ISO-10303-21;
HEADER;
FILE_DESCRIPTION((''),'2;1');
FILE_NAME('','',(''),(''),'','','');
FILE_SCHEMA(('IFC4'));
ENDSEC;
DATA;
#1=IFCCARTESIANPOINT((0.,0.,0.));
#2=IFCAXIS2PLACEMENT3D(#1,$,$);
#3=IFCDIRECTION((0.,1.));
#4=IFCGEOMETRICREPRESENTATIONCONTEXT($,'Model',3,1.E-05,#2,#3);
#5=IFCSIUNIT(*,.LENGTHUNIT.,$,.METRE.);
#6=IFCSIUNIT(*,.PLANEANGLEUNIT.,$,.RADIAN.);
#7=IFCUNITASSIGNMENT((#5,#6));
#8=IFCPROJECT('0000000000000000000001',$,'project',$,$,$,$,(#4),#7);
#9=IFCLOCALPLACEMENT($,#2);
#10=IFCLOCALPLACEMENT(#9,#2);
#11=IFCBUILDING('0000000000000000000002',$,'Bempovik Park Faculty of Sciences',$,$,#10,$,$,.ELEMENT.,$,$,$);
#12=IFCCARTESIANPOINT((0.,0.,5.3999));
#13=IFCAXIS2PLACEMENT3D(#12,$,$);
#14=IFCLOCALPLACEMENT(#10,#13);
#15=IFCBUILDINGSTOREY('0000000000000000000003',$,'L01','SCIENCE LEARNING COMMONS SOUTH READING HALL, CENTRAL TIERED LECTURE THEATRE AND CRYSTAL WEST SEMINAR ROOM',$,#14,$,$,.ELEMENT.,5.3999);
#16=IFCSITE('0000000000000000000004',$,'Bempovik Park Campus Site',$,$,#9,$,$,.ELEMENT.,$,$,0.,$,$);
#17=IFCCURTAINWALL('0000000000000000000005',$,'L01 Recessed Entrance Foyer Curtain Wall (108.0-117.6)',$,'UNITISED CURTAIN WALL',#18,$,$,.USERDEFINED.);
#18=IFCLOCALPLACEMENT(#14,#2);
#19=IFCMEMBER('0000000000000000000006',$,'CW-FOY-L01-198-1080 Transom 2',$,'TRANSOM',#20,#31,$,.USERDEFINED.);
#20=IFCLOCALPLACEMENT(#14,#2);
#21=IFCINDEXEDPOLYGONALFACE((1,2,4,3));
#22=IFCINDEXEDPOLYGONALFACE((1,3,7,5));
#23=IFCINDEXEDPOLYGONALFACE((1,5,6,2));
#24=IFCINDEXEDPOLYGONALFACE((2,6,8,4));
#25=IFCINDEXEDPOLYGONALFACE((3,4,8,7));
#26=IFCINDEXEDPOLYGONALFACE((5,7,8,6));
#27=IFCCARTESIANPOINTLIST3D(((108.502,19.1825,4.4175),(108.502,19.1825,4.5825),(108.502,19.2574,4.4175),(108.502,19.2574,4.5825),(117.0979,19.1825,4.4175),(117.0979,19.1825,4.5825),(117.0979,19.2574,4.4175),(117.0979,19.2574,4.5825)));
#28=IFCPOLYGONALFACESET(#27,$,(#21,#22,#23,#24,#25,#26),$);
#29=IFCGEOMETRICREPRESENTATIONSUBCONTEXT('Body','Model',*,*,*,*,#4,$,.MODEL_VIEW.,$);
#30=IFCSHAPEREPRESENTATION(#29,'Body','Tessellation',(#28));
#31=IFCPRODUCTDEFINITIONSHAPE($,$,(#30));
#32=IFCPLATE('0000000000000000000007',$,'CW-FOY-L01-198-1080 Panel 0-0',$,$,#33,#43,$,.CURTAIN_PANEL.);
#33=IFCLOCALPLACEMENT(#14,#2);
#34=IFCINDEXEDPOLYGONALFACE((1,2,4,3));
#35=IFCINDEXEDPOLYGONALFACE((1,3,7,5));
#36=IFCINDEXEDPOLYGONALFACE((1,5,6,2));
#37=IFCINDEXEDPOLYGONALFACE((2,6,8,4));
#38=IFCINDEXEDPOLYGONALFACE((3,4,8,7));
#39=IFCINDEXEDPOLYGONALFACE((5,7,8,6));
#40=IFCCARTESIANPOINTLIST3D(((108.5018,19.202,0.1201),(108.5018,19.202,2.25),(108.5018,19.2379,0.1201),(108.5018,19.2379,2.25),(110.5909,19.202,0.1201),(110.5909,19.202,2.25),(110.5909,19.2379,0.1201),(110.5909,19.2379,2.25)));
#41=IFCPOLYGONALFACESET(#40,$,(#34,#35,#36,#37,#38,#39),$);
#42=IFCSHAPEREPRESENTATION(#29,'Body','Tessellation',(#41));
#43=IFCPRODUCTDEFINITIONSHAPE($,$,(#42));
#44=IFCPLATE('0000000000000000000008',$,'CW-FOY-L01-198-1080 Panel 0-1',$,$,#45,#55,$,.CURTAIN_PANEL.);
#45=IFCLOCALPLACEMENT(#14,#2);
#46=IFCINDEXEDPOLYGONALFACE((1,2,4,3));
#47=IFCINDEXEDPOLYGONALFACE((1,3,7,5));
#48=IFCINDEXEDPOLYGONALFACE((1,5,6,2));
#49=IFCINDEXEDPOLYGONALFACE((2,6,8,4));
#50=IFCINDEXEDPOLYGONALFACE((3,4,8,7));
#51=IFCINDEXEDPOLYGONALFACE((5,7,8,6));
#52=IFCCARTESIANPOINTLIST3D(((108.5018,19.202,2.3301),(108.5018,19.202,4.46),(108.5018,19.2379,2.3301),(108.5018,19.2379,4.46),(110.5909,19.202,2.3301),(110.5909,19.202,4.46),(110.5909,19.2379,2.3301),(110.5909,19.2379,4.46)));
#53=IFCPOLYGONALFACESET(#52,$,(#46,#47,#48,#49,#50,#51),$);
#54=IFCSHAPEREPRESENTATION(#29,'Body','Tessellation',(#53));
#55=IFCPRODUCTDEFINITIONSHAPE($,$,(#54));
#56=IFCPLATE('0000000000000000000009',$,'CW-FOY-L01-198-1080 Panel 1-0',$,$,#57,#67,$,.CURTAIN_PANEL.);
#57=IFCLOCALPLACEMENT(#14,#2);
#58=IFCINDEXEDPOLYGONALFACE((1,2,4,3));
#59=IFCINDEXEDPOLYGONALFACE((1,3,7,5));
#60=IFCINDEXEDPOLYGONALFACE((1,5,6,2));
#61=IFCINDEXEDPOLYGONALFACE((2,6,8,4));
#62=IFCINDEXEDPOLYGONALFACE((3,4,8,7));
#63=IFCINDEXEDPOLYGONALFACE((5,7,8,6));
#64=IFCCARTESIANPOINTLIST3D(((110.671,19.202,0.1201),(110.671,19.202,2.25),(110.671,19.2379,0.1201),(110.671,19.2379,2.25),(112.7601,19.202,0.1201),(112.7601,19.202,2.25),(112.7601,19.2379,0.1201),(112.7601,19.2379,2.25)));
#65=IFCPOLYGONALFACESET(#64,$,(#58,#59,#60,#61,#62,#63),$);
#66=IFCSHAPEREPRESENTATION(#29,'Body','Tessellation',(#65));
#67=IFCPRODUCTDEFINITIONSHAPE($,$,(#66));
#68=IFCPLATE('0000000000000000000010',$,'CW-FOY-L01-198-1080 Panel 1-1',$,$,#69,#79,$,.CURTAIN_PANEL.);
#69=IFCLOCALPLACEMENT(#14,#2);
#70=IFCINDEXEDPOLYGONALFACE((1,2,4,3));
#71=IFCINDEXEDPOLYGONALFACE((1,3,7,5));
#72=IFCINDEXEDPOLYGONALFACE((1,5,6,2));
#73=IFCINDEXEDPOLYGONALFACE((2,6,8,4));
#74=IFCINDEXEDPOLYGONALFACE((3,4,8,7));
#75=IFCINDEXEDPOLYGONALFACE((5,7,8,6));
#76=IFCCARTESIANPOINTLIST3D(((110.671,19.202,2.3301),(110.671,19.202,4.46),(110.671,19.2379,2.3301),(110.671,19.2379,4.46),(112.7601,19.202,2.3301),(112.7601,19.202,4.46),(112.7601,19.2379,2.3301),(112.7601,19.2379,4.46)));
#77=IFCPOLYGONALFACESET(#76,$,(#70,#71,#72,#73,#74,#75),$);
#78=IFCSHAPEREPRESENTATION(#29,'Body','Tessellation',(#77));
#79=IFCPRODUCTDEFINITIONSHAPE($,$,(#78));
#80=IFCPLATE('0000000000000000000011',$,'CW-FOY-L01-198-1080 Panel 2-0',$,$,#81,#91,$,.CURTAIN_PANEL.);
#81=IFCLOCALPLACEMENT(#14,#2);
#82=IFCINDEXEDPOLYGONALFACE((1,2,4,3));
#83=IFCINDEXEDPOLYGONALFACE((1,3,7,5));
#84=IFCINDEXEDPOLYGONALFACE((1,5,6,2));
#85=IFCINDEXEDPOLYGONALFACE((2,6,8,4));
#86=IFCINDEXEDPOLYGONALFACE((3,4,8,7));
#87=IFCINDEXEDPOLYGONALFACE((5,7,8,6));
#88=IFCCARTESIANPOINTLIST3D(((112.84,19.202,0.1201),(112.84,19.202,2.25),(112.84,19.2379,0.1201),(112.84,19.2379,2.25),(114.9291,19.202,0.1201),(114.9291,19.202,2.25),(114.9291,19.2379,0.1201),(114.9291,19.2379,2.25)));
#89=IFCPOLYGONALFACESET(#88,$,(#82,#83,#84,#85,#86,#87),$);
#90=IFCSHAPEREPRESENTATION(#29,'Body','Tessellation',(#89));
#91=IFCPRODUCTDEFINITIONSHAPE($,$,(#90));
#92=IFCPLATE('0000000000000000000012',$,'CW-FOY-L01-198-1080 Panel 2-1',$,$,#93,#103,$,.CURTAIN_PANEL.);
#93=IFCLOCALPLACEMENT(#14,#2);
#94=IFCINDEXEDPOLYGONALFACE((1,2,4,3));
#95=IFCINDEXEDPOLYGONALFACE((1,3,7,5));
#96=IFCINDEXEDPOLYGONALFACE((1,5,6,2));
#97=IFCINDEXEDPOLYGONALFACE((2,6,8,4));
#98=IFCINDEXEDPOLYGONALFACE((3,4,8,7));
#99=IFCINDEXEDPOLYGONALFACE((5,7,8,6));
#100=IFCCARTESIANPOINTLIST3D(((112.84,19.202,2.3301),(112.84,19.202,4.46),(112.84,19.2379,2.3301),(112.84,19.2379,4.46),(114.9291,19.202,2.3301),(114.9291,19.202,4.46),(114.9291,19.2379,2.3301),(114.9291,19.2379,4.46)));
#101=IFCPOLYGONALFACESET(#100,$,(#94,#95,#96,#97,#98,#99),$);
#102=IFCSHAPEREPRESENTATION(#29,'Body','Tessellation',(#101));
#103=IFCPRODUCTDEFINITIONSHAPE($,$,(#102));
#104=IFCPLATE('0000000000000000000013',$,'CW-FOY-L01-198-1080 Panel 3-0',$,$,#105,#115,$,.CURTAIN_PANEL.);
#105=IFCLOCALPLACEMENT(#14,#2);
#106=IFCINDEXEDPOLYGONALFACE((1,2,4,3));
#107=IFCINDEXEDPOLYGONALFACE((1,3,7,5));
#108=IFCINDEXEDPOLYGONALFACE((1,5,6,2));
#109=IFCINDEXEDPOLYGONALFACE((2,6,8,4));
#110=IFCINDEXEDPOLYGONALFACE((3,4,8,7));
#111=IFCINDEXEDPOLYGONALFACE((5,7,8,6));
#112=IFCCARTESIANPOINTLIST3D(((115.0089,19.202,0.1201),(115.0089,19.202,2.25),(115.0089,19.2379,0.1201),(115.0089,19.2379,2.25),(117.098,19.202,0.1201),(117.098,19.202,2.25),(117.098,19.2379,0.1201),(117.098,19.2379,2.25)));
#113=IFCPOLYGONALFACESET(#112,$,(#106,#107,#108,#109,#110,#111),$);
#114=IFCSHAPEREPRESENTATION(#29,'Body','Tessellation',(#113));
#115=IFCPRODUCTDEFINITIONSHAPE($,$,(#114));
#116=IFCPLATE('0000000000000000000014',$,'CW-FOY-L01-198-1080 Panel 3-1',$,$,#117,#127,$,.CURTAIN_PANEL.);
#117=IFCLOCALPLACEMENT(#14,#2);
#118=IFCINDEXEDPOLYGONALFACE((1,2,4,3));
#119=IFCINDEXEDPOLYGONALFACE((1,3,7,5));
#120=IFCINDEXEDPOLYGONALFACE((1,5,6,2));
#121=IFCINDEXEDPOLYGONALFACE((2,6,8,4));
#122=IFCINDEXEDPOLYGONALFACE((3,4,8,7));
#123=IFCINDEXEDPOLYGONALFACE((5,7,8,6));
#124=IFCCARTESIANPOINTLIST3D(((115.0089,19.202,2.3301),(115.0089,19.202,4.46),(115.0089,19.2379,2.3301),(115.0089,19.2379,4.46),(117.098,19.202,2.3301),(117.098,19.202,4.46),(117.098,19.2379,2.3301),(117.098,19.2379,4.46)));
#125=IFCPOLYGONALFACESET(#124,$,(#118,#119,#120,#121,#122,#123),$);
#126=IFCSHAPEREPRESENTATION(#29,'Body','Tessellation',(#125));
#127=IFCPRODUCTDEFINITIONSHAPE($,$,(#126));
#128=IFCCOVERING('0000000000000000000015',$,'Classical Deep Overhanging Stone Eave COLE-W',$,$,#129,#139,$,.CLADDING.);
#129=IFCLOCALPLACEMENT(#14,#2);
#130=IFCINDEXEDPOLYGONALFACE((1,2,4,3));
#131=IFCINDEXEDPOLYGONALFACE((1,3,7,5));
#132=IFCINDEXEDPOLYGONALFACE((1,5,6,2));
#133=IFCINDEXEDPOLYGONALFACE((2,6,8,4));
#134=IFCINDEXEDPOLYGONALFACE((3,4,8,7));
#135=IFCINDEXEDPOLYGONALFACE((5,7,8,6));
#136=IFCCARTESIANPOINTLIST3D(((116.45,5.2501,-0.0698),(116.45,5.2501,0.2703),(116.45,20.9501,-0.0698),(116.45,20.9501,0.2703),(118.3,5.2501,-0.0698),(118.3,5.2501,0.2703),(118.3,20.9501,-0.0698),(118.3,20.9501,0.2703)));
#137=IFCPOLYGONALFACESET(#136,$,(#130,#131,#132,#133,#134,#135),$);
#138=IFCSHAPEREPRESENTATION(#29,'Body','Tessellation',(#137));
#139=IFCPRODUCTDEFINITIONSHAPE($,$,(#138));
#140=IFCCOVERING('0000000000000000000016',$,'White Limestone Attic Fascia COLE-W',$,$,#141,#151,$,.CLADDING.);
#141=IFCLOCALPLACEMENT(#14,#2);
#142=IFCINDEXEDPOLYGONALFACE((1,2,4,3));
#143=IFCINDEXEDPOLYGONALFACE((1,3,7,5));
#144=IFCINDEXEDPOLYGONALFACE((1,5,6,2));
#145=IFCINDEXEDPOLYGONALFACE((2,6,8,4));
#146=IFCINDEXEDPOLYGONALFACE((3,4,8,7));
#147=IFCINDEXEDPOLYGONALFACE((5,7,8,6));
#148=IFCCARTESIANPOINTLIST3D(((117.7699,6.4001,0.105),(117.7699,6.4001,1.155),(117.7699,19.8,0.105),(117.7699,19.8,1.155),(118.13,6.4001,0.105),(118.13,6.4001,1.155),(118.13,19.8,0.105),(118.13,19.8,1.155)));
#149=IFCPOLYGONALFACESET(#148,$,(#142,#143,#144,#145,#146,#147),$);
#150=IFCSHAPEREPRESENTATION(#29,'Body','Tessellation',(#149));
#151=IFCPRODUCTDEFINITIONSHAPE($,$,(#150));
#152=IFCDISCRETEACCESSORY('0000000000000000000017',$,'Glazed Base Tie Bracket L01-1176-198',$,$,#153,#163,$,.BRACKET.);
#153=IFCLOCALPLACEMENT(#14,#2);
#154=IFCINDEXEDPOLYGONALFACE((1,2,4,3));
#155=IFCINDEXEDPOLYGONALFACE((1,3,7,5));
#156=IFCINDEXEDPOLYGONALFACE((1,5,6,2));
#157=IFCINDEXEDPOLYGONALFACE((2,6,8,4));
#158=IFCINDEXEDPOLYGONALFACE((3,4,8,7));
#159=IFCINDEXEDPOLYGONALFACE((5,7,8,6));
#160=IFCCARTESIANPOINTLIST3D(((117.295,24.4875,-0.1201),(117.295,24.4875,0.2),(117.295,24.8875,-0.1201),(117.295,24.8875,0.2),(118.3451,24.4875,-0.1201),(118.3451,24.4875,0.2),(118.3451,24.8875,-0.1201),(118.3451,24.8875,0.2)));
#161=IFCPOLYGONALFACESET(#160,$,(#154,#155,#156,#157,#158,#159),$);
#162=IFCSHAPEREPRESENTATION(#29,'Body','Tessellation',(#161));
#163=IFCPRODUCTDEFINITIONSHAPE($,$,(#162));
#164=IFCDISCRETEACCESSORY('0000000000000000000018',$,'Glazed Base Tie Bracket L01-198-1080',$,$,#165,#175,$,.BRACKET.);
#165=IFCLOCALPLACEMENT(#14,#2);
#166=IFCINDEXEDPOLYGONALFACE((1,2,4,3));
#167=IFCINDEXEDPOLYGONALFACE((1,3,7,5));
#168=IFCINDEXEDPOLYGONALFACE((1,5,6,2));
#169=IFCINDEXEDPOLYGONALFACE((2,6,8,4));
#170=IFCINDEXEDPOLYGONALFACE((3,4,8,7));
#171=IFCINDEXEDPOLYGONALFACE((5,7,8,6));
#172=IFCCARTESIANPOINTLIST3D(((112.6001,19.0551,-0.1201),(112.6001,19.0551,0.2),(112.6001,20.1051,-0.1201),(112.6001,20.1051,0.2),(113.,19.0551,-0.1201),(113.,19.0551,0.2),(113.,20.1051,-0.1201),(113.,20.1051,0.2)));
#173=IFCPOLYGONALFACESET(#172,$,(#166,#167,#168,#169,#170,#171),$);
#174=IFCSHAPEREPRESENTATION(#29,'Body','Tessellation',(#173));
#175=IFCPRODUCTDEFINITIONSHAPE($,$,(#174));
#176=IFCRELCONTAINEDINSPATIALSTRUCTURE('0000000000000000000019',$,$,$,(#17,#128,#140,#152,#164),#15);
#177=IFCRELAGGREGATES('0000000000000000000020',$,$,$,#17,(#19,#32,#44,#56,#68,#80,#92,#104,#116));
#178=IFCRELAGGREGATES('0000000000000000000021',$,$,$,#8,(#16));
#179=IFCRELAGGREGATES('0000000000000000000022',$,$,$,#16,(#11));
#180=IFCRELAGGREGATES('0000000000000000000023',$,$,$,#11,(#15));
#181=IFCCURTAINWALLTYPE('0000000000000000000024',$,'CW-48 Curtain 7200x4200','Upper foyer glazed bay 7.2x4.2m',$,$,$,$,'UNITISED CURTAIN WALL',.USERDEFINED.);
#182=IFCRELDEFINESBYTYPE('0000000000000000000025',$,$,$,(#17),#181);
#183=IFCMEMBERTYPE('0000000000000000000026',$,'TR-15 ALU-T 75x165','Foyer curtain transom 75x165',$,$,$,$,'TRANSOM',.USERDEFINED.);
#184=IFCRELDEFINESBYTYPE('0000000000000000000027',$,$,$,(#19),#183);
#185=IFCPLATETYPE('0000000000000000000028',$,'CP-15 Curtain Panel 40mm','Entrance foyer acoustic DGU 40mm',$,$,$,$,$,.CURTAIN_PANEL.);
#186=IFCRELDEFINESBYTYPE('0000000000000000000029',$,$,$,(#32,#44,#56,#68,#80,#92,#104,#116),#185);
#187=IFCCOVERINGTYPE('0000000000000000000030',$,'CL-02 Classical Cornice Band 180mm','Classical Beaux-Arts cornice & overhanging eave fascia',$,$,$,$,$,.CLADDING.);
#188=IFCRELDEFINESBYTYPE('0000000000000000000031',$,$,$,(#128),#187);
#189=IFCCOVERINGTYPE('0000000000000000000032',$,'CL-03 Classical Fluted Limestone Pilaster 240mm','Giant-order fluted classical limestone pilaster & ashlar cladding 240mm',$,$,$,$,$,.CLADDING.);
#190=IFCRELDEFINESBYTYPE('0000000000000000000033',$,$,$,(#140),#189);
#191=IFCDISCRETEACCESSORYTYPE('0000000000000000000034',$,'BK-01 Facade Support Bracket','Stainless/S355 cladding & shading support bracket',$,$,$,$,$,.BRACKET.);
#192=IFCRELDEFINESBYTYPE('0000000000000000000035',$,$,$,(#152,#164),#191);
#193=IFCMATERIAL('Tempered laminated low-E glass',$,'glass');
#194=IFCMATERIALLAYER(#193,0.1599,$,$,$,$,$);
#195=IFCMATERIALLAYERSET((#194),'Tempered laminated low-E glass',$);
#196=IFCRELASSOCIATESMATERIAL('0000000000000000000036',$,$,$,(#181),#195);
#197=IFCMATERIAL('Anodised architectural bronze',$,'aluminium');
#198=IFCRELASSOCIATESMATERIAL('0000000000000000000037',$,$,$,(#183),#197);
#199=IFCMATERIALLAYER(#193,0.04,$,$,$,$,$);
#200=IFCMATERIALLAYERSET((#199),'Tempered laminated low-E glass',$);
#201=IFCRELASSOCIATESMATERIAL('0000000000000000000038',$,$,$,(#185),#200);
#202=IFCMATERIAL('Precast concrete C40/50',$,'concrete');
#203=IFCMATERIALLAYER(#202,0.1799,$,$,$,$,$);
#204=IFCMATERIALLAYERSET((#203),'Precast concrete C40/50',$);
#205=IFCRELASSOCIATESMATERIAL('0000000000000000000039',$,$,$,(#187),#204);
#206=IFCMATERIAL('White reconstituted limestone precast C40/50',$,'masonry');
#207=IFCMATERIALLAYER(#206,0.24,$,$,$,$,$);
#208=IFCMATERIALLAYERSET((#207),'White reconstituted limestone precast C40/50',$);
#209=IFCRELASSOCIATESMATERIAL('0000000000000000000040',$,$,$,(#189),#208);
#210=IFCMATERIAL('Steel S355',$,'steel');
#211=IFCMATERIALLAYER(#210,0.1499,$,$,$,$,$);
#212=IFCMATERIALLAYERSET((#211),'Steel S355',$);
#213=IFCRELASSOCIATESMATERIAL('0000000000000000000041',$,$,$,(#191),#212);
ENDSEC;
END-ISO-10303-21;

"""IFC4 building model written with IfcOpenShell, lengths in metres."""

from ifc_helpers import new_model, si_unit, direction, frame, origin, origin_2d, place, context, subcontext, project, spatial, rectangle, extrude, material, layer, layer_set, material_profile, profile_set, type_object, element, aggregate, save


model = new_model("IFC4")

# Units and contexts
model_context = context("Model", 3, precision=1e-05, world=origin(), true_north=direction((0.0, 1.0)))
body_context = subcontext(model_context, "Body", "Model", "MODEL_VIEW")
ifc_project = project(units=[si_unit("LENGTHUNIT", "METRE"), si_unit("PLANEANGLEUNIT", "RADIAN")], contexts=[model_context])

# Site, building, storey
site_placement = place(None, origin())
site = spatial("IfcSite", under=ifc_project, at=site_placement, Name="Bempovik Park Campus Site", CompositionType="ELEMENT", RefElevation=0.0)
building_placement = place(site_placement, origin())
building = spatial("IfcBuilding", under=site, at=building_placement, Name="Bempovik Park Faculty of Sciences", CompositionType="ELEMENT")
storey_placement = place(building_placement, frame((0.0, 0.0, 5.3999)))
storey = spatial("IfcBuildingStorey", under=building, at=storey_placement, Name="L01", Description="SCIENCE LEARNING COMMONS SOUTH READING HALL, CENTRAL TIERED LECTURE THEATRE AND CRYSTAL WEST SEMINAR ROOM", CompositionType="ELEMENT", Elevation=5.3999)

# Shared definitions
ifc_material_1 = material(Name="Steel S355", Category="steel")

# Curtain wall, member, plates
ifc_material_2 = material(Name="Tempered laminated low-E glass", Category="glass")
ifc_layer_1 = layer(ifc_material_2, 0.1599)
ifc_layer_set_1 = layer_set([ifc_layer_1], Name="Tempered laminated low-E glass")
curtain_wall_type = type_object("IfcCurtainWallType", Name="CW-48 Curtain 7200x4200", Description="Upper foyer glazed bay 7.2x4.2m", ElementType="UNITISED CURTAIN WALL", PredefinedType="USERDEFINED", material=ifc_layer_set_1)
curtain_wall_placement = place(storey_placement, origin())
curtain_wall = element("IfcCurtainWall", 1, at=curtain_wall_placement, inside=storey, type_object=curtain_wall_type, Name="L01 Recessed Entrance Foyer Curtain Wall (108.0-117.6)", ObjectType="UNITISED CURTAIN WALL", PredefinedType="USERDEFINED")
ifc_material_3 = material(Name="Anodised architectural bronze", Category="aluminium")
ifc_material_profile_1 = material_profile(ifc_material_3, rectangle(XDim=0.075, YDim=0.165, at=origin_2d()), Name="ALU-T 75x165")
ifc_profile_set_1 = profile_set([ifc_material_profile_1], Name="Anodised architectural bronze")
member_type_1 = type_object("IfcMemberType", Name="TR-15 ALU-T 75x165", Description="Foyer curtain transom 75x165", ElementType="TRANSOM", PredefinedType="USERDEFINED", material=ifc_profile_set_1)
member_1_placement = place(storey_placement, frame((108.502, 19.22, 4.5), z_axis=(1.0, 0.0, 0.0), x_axis=(0.0, 1.0, 0.0)))
member_1 = element("IfcMember", 2, at=member_1_placement, type_object=member_type_1, Name="CW-FOY-L01-198-1080 Transom 2", ObjectType="TRANSOM", PredefinedType="USERDEFINED", context=body_context, shape_type="SweptSolid", body=[
    extrude(rectangle(XDim=0.075, YDim=0.165, at=origin_2d()), origin(), (0.0, 0.0, 1.0), 8.5959),
])
ifc_layer_2 = layer(ifc_material_2, 0.04)
ifc_layer_set_2 = layer_set([ifc_layer_2], Name="Tempered laminated low-E glass")
plate_type = type_object("IfcPlateType", Name="CP-15 Curtain Panel 40mm", Description="Entrance foyer acoustic DGU 40mm", PredefinedType="CURTAIN_PANEL", material=ifc_layer_set_2)
plate_1_placement = place(storey_placement, frame((109.5464, 19.22, 0.1201), z_axis=(0.0, 0.0, 1.0), x_axis=(1.0, 0.0, 0.0)))
plate_1 = element("IfcPlate", 3, at=plate_1_placement, type_object=plate_type, Name="CW-FOY-L01-198-1080 Panel 0-0", PredefinedType="CURTAIN_PANEL", context=body_context, shape_type="SweptSolid", body=[
    extrude(rectangle(XDim=2.0891, YDim=0.0359, at=origin_2d()), origin(), (0.0, 0.0, 1.0), 2.1299),
])
plate_2_placement = place(storey_placement, frame((109.5464, 19.22, 2.3301), z_axis=(0.0, 0.0, 1.0), x_axis=(1.0, 0.0, 0.0)))
plate_2 = element("IfcPlate", 4, at=plate_2_placement, type_object=plate_type, Name="CW-FOY-L01-198-1080 Panel 0-1", PredefinedType="CURTAIN_PANEL", context=body_context, shape_type="SweptSolid", body=[
    extrude(rectangle(XDim=2.0891, YDim=0.0359, at=origin_2d()), origin(), (0.0, 0.0, 1.0), 2.1299),
])
plate_3_placement = place(storey_placement, frame((111.7156, 19.22, 0.1201), z_axis=(0.0, 0.0, 1.0), x_axis=(1.0, 0.0, 0.0)))
plate_3 = element("IfcPlate", 5, at=plate_3_placement, type_object=plate_type, Name="CW-FOY-L01-198-1080 Panel 1-0", PredefinedType="CURTAIN_PANEL", context=body_context, shape_type="SweptSolid", body=[
    extrude(rectangle(XDim=2.0891, YDim=0.0359, at=origin_2d()), origin(), (0.0, 0.0, 1.0), 2.1299),
])
plate_4_placement = place(storey_placement, frame((111.7156, 19.22, 2.3301), z_axis=(0.0, 0.0, 1.0), x_axis=(1.0, 0.0, 0.0)))
plate_4 = element("IfcPlate", 6, at=plate_4_placement, type_object=plate_type, Name="CW-FOY-L01-198-1080 Panel 1-1", PredefinedType="CURTAIN_PANEL", context=body_context, shape_type="SweptSolid", body=[
    extrude(rectangle(XDim=2.0891, YDim=0.0359, at=origin_2d()), origin(), (0.0, 0.0, 1.0), 2.1299),
])
plate_5_placement = place(storey_placement, frame((113.8845, 19.22, 0.1201), z_axis=(0.0, 0.0, 1.0), x_axis=(1.0, 0.0, 0.0)))
plate_5 = element("IfcPlate", 7, at=plate_5_placement, type_object=plate_type, Name="CW-FOY-L01-198-1080 Panel 2-0", PredefinedType="CURTAIN_PANEL", context=body_context, shape_type="SweptSolid", body=[
    extrude(rectangle(XDim=2.0891, YDim=0.0359, at=origin_2d()), origin(), (0.0, 0.0, 1.0), 2.1299),
])
plate_6_placement = place(storey_placement, frame((113.8845, 19.22, 2.3301), z_axis=(0.0, 0.0, 1.0), x_axis=(1.0, 0.0, 0.0)))
plate_6 = element("IfcPlate", 8, at=plate_6_placement, type_object=plate_type, Name="CW-FOY-L01-198-1080 Panel 2-1", PredefinedType="CURTAIN_PANEL", context=body_context, shape_type="SweptSolid", body=[
    extrude(rectangle(XDim=2.0891, YDim=0.0359, at=origin_2d()), origin(), (0.0, 0.0, 1.0), 2.1299),
])
plate_7_placement = place(storey_placement, frame((116.0535, 19.22, 0.1201), z_axis=(0.0, 0.0, 1.0), x_axis=(1.0, 0.0, 0.0)))
plate_7 = element("IfcPlate", 9, at=plate_7_placement, type_object=plate_type, Name="CW-FOY-L01-198-1080 Panel 3-0", PredefinedType="CURTAIN_PANEL", context=body_context, shape_type="SweptSolid", body=[
    extrude(rectangle(XDim=2.0891, YDim=0.0359, at=origin_2d()), origin(), (0.0, 0.0, 1.0), 2.1299),
])
plate_8_placement = place(storey_placement, frame((116.0535, 19.22, 2.3301), z_axis=(0.0, 0.0, 1.0), x_axis=(1.0, 0.0, 0.0)))
plate_8 = element("IfcPlate", 10, at=plate_8_placement, type_object=plate_type, Name="CW-FOY-L01-198-1080 Panel 3-1", PredefinedType="CURTAIN_PANEL", context=body_context, shape_type="SweptSolid", body=[
    extrude(rectangle(XDim=2.0891, YDim=0.0359, at=origin_2d()), origin(), (0.0, 0.0, 1.0), 2.1299),
])
aggregate(curtain_wall, [member_1, plate_1, plate_2, plate_3, plate_4, plate_5, plate_6, plate_7, plate_8])

# Coverings
ifc_material_4 = material(Name="Precast concrete C40/50", Category="concrete")
ifc_layer_3 = layer(ifc_material_4, 0.1799)
ifc_layer_set_3 = layer_set([ifc_layer_3], Name="Precast concrete C40/50")
covering_type_1 = type_object("IfcCoveringType", Name="CL-02 Classical Cornice Band 180mm", Description="Classical Beaux-Arts cornice & overhanging eave fascia", PredefinedType="CLADDING", material=ifc_layer_set_3)
covering_1_placement = place(storey_placement, frame((117.375, 13.1001, -0.0698), z_axis=(0.0, 0.0, 1.0), x_axis=(1.0, 0.0, 0.0)))
element("IfcCovering", 11, at=covering_1_placement, inside=storey, type_object=covering_type_1, Name="Classical Deep Overhanging Stone Eave COLE-W", PredefinedType="CLADDING", context=body_context, shape_type="SweptSolid", body=[
    extrude(rectangle(XDim=1.8501, YDim=15.7, at=origin_2d()), origin(), (0.0, 0.0, 1.0), 0.3401),
])
ifc_material_5 = material(Name="White reconstituted limestone precast C40/50", Category="masonry")
ifc_layer_4 = layer(ifc_material_5, 0.24)
ifc_layer_set_4 = layer_set([ifc_layer_4], Name="White reconstituted limestone precast C40/50")
covering_type_2 = type_object("IfcCoveringType", Name="CL-03 Classical Fluted Limestone Pilaster 240mm", Description="Giant-order fluted classical limestone pilaster & ashlar cladding 240mm", PredefinedType="CLADDING", material=ifc_layer_set_4)
covering_2_placement = place(storey_placement, frame((117.95, 13.1001, 0.105), z_axis=(0.0, 0.0, 1.0), x_axis=(1.0, 0.0, 0.0)))
element("IfcCovering", 12, at=covering_2_placement, inside=storey, type_object=covering_type_2, Name="White Limestone Attic Fascia COLE-W", PredefinedType="CLADDING", context=body_context, shape_type="SweptSolid", body=[
    extrude(rectangle(XDim=0.3601, YDim=13.3999, at=origin_2d()), origin(), (0.0, 0.0, 1.0), 1.05),
])

# Discrete accessories
ifc_layer_5 = layer(ifc_material_1, 0.1499)
ifc_layer_set_5 = layer_set([ifc_layer_5], Name="Steel S355")
discrete_accessory_type = type_object("IfcDiscreteAccessoryType", Name="BK-01 Facade Support Bracket", Description="Stainless/S355 cladding & shading support bracket", PredefinedType="BRACKET", material=ifc_layer_set_5)
discrete_accessory_1_placement = place(storey_placement, frame((117.8201, 24.6875, -0.1201), z_axis=(0.0, 0.0, 1.0), x_axis=(1.0, 0.0, 0.0)))
element("IfcDiscreteAccessory", 13, at=discrete_accessory_1_placement, inside=storey, type_object=discrete_accessory_type, Name="Glazed Base Tie Bracket L01-1176-198", PredefinedType="BRACKET", context=body_context, shape_type="SweptSolid", body=[
    extrude(rectangle(XDim=1.05, YDim=0.3999, at=origin_2d()), origin(), (0.0, 0.0, 1.0), 0.3201),
])
discrete_accessory_2_placement = place(storey_placement, frame((112.8, 19.5801, -0.1201), z_axis=(0.0, 0.0, 1.0), x_axis=(1.0, 0.0, 0.0)))
element("IfcDiscreteAccessory", 14, at=discrete_accessory_2_placement, inside=storey, type_object=discrete_accessory_type, Name="Glazed Base Tie Bracket L01-198-1080", PredefinedType="BRACKET", context=body_context, shape_type="SweptSolid", body=[
    extrude(rectangle(XDim=0.3999, YDim=1.05, at=origin_2d()), origin(), (0.0, 0.0, 1.0), 0.3201),
])

save(model, "model.ifc")
